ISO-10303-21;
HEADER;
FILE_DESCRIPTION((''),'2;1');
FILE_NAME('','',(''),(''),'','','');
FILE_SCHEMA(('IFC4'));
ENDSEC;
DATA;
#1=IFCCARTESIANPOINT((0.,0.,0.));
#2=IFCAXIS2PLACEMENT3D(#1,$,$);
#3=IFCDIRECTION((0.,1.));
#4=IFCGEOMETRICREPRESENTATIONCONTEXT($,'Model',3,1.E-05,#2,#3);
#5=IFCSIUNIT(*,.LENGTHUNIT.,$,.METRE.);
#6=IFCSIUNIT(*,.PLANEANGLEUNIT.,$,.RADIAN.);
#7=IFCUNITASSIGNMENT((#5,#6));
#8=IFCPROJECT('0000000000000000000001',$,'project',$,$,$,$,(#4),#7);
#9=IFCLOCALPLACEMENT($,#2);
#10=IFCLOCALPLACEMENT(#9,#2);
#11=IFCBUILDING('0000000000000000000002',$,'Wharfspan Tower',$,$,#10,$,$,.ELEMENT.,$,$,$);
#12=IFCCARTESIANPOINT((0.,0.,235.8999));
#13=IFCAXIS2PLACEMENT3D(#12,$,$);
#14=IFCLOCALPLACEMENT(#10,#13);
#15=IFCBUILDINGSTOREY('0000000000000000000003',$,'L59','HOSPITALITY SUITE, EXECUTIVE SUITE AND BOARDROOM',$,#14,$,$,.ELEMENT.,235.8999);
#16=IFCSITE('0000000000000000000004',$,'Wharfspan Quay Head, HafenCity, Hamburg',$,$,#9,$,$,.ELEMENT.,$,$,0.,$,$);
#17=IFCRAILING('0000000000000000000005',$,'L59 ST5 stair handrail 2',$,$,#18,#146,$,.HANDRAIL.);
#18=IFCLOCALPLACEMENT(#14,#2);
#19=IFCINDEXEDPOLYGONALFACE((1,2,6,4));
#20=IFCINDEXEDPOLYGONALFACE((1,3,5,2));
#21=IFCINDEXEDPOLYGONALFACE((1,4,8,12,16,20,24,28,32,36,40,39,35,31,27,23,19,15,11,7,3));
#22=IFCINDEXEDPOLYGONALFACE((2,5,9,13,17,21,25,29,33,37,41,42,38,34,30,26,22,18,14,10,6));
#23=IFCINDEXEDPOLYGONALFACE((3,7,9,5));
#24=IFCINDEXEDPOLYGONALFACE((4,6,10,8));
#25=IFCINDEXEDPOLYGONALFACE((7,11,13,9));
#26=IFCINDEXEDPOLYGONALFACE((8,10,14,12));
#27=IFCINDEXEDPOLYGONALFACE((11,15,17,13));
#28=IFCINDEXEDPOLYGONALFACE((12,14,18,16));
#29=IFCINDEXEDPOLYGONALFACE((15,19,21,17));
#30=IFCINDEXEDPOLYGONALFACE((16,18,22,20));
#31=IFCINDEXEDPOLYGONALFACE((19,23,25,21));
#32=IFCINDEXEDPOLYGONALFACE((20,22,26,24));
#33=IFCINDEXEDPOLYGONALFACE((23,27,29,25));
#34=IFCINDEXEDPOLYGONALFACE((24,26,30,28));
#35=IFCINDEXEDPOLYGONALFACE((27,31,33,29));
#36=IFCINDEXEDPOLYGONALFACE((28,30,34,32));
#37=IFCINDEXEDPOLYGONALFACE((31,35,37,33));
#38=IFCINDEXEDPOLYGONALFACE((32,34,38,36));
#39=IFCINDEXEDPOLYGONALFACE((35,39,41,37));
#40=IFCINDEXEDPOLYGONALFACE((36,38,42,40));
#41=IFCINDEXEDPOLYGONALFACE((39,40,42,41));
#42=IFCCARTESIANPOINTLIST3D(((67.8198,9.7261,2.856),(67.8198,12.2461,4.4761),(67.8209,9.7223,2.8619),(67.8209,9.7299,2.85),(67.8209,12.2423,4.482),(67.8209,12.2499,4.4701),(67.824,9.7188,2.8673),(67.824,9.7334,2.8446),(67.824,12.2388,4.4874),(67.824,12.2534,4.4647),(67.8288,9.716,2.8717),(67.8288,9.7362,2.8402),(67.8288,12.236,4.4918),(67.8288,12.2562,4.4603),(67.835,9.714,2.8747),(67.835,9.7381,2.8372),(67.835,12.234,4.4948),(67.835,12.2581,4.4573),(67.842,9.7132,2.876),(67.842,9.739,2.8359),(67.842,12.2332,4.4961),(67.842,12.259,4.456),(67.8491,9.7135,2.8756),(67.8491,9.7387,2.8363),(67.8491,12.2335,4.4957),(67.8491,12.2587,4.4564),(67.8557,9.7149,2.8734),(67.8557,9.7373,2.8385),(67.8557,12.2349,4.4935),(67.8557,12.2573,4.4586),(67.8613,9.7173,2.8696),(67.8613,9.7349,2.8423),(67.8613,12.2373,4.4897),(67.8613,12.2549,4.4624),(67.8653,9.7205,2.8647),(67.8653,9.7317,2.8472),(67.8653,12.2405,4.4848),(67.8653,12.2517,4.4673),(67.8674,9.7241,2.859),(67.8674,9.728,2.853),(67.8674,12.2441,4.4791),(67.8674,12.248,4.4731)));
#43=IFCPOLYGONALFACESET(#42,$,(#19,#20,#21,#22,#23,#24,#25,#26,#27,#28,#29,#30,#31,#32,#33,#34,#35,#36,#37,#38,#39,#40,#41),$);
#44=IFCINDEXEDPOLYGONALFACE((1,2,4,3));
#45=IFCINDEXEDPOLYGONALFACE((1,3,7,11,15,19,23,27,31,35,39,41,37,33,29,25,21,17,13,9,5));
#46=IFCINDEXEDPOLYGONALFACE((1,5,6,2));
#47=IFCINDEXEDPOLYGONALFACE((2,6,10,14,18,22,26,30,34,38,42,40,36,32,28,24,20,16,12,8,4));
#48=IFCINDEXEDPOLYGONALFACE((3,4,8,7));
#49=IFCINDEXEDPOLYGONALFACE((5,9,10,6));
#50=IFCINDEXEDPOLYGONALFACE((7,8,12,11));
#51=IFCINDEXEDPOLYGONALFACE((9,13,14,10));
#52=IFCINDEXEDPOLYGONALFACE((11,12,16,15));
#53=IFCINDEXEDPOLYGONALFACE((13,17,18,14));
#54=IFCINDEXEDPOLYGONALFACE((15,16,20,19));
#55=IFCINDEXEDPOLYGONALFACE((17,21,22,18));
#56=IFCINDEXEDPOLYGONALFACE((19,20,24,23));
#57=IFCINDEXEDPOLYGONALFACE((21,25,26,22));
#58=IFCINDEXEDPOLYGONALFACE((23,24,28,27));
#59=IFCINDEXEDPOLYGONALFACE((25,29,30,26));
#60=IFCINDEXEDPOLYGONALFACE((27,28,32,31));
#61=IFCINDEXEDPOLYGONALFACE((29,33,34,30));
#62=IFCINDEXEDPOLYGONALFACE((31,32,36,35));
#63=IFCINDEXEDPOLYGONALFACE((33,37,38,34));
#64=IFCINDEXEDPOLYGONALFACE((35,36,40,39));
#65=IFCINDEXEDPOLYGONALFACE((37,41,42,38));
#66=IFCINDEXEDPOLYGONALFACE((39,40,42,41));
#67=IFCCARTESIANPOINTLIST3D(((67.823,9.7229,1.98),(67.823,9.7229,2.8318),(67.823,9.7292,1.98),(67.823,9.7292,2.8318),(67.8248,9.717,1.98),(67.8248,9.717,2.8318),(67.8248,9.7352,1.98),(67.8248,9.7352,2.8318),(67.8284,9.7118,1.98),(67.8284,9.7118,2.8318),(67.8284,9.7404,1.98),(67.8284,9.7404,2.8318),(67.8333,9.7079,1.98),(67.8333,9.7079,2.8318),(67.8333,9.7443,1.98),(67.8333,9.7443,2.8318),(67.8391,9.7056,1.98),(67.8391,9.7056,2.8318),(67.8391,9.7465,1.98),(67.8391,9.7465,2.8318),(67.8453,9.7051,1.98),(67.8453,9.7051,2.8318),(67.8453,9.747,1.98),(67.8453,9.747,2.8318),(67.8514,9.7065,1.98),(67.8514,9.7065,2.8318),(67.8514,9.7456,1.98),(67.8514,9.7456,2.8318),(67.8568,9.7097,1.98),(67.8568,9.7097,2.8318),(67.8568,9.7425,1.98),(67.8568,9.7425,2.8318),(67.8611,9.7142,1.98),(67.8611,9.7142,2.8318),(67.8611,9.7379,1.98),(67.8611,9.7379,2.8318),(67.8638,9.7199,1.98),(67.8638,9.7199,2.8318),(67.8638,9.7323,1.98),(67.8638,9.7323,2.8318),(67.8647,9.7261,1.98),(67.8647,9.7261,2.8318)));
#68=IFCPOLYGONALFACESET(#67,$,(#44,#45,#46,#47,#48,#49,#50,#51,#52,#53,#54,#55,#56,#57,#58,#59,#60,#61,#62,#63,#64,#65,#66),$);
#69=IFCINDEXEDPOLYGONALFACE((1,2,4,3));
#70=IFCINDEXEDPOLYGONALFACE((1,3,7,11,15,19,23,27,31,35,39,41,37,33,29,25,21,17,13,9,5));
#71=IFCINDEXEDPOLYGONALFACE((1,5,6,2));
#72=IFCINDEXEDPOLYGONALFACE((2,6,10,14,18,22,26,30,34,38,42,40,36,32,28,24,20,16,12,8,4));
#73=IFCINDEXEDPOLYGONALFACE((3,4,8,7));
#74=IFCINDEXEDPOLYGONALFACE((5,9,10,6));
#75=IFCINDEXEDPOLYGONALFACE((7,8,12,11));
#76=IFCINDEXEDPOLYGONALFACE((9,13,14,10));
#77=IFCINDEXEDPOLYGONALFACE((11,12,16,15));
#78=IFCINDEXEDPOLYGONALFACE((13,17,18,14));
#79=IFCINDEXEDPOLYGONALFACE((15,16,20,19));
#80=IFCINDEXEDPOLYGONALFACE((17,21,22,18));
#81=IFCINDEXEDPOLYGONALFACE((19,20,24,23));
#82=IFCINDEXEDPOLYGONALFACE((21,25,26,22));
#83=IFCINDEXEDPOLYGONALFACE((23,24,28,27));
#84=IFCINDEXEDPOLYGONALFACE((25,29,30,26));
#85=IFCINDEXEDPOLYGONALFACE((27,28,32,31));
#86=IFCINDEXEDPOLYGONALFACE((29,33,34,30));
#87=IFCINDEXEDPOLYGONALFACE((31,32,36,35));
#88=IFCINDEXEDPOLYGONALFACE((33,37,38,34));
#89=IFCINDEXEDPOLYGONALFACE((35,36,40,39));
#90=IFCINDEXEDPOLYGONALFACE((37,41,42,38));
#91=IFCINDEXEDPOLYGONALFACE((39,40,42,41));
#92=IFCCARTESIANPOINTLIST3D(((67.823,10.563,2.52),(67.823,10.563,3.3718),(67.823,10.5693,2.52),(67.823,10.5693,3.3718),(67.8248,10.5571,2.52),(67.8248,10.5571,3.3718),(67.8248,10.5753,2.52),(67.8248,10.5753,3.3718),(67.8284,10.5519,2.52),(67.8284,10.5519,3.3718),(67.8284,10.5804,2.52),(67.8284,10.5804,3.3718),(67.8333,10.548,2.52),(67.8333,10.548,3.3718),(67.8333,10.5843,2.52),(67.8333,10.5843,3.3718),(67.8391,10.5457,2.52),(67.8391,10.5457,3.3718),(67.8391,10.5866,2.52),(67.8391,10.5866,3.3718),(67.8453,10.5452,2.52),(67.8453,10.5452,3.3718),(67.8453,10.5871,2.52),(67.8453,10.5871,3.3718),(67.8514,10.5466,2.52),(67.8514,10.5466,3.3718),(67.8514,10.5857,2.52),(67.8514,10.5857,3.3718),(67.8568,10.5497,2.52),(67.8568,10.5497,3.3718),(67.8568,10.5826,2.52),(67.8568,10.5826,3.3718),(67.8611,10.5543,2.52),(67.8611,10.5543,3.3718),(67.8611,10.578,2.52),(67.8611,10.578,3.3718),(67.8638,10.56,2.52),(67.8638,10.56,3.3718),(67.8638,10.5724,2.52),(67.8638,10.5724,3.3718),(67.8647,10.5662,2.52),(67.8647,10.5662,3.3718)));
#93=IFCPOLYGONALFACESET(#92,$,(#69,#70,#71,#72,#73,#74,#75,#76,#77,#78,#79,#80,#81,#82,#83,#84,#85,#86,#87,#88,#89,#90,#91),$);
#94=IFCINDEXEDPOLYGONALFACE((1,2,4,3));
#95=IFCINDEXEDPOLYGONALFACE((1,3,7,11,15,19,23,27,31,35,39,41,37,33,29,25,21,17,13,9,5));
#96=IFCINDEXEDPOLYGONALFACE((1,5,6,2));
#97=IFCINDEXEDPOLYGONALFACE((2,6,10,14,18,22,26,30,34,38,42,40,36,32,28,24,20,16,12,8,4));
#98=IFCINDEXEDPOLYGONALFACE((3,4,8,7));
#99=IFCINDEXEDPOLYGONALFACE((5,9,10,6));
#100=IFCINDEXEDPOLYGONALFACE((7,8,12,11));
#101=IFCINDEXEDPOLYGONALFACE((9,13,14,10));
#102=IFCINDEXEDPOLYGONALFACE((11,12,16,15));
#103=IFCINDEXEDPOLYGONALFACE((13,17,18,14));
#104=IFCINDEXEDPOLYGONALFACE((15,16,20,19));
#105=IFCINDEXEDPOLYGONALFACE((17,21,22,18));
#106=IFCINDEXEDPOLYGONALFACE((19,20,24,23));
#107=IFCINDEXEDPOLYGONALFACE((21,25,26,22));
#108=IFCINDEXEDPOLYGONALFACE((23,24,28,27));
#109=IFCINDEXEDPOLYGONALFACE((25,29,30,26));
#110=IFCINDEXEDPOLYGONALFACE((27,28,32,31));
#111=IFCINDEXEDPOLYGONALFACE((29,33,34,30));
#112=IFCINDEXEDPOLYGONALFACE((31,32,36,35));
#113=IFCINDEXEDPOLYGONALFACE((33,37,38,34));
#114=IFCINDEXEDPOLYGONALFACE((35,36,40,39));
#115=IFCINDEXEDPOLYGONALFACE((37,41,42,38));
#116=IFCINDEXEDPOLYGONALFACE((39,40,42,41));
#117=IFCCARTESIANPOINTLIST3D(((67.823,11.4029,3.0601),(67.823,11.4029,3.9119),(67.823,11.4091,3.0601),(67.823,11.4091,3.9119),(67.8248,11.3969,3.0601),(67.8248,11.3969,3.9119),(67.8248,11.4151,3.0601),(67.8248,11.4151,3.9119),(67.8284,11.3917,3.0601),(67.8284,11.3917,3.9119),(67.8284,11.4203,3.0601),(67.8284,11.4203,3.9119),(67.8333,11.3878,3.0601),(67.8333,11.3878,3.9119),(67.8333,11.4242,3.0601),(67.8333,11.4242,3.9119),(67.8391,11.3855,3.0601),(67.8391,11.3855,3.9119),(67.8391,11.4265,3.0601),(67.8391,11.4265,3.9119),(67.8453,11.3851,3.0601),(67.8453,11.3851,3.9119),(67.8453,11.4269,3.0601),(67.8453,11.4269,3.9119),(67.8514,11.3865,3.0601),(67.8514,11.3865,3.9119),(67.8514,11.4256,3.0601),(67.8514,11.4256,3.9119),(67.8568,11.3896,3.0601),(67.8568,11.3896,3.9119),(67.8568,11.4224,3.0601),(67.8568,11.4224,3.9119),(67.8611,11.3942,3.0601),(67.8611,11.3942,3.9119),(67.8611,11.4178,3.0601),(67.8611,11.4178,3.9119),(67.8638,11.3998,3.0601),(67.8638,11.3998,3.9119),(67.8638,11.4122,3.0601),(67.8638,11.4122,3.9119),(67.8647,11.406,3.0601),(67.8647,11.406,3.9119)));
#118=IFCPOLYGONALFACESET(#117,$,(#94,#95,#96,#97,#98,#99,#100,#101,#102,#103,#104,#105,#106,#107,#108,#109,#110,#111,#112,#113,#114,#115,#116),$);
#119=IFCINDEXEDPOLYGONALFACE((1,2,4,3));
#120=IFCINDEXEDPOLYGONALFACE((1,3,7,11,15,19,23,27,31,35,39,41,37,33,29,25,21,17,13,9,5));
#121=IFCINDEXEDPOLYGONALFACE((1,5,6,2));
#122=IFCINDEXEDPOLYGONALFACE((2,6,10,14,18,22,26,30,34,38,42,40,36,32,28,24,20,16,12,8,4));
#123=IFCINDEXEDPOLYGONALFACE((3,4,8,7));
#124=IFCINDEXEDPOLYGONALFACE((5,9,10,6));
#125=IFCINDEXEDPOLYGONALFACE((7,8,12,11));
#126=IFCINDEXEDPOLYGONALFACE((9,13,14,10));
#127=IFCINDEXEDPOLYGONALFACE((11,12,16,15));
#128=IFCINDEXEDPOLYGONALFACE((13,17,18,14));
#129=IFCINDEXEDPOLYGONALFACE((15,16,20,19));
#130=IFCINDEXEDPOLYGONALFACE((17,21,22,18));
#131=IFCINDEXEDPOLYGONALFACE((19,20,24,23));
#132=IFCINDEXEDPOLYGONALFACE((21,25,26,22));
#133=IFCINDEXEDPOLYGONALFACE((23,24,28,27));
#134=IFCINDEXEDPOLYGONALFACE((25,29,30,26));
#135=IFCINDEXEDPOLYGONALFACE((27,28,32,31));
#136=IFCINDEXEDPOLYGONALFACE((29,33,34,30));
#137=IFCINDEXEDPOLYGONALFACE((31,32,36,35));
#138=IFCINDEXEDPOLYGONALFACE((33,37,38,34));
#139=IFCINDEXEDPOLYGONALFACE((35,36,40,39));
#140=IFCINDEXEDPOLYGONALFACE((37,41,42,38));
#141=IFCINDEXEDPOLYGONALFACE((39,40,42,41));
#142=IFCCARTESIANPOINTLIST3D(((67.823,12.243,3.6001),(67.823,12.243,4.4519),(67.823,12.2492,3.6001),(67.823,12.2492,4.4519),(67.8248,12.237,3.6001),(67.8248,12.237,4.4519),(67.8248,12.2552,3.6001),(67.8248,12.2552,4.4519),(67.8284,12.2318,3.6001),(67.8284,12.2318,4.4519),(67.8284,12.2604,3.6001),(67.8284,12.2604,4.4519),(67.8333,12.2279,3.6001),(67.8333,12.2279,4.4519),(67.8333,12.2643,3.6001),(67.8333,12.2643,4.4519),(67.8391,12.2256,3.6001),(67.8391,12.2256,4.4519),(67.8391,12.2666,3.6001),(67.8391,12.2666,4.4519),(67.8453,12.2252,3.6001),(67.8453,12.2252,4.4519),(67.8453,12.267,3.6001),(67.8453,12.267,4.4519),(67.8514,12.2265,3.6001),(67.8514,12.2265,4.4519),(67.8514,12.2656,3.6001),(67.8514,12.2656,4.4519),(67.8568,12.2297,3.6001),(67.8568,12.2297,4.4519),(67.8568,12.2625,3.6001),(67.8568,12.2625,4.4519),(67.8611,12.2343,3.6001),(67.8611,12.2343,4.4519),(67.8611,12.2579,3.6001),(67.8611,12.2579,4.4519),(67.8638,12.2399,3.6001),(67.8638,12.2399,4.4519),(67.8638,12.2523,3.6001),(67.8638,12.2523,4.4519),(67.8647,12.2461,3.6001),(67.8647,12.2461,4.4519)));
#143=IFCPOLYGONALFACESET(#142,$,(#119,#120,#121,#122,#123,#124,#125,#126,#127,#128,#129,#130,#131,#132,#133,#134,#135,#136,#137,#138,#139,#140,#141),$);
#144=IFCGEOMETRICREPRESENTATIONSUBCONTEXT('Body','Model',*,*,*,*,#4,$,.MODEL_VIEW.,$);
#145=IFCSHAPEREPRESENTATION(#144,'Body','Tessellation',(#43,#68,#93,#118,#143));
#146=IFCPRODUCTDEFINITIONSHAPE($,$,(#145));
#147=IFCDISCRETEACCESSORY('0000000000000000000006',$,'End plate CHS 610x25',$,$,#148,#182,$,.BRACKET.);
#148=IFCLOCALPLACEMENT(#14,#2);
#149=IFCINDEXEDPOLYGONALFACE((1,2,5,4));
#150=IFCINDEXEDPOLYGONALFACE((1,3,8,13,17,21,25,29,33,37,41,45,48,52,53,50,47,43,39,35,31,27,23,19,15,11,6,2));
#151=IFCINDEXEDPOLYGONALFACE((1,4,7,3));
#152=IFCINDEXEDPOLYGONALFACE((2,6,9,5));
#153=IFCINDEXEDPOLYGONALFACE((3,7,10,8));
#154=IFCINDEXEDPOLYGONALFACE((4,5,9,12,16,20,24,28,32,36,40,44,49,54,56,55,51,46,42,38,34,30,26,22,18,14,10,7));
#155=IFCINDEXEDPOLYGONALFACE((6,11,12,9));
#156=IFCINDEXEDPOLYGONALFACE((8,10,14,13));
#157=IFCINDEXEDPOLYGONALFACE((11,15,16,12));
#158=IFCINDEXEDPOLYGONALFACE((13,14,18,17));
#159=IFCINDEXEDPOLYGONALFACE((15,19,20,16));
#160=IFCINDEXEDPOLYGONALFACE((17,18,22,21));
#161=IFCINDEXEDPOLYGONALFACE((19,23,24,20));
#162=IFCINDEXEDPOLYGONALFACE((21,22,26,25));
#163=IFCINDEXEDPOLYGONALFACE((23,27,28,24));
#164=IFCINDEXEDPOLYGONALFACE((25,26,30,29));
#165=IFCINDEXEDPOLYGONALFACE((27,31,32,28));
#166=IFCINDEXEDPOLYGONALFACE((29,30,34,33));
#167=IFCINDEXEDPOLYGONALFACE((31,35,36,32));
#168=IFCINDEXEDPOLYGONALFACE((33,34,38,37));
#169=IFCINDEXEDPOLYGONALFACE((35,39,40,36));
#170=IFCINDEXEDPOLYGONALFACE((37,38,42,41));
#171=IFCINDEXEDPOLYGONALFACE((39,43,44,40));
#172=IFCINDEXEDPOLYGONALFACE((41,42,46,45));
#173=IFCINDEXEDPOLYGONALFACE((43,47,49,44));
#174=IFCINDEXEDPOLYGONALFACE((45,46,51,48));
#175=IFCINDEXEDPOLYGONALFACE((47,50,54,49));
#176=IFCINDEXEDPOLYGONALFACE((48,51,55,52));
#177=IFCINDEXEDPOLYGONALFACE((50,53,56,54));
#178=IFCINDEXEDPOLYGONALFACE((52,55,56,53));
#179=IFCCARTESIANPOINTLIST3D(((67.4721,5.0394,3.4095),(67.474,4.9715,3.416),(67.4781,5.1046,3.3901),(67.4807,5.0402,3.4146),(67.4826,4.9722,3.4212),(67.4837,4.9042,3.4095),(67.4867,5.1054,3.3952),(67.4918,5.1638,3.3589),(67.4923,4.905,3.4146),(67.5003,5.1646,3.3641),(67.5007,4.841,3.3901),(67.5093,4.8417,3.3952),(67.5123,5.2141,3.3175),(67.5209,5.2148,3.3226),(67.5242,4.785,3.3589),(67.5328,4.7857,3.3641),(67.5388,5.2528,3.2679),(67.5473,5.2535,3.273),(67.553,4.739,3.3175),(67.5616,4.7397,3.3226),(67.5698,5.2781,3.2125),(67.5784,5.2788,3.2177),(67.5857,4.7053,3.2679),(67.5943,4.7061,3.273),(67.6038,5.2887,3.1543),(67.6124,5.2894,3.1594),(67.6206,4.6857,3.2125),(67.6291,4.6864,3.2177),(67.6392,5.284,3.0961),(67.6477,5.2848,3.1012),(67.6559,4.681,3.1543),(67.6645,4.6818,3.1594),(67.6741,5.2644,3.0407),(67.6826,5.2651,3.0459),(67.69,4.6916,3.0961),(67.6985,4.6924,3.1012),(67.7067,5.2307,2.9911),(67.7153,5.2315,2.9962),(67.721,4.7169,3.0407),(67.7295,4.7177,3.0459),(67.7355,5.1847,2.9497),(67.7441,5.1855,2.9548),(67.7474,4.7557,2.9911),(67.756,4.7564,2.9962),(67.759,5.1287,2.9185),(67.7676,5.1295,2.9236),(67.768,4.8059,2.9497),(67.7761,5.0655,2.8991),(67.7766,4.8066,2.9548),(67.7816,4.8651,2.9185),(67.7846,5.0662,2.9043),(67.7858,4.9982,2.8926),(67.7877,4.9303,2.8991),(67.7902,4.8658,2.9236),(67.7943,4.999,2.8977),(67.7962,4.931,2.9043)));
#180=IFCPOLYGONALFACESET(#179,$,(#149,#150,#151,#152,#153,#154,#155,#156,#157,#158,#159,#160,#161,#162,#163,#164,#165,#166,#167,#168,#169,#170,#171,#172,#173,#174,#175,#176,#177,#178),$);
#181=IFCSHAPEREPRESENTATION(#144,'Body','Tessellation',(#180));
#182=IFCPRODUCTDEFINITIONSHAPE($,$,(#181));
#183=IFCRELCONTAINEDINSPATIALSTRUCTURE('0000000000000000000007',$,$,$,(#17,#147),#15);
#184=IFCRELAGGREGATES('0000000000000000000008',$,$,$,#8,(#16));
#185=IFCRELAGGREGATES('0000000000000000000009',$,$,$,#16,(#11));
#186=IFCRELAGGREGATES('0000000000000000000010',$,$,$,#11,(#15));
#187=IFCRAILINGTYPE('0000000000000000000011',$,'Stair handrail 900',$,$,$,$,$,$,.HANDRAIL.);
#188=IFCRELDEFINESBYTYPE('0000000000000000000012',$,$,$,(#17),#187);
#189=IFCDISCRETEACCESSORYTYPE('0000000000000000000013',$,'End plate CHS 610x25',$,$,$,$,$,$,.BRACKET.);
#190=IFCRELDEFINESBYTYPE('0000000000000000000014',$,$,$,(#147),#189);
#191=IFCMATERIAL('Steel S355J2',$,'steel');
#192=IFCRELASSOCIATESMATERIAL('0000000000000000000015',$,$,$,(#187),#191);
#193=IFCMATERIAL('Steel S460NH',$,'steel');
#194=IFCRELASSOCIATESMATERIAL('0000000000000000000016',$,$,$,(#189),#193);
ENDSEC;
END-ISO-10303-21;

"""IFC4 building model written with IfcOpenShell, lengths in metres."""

from ifc_helpers import new_model, si_unit, direction, frame, origin, origin_2d, place, context, subcontext, project, spatial, circle, extrude, material, material_profile, profile_set, type_object, element, save


model = new_model("IFC4")

# Units and contexts
model_context = context("Model", 3, precision=1e-05, world=origin(), true_north=direction((0.0, 1.0)))
body_context = subcontext(model_context, "Body", "Model", "MODEL_VIEW")
ifc_project = project(units=[si_unit("LENGTHUNIT", "METRE"), si_unit("PLANEANGLEUNIT", "RADIAN")], contexts=[model_context])

# Site, building, storey
site_placement = place(None, origin())
site = spatial("IfcSite", under=ifc_project, at=site_placement, Name="Wharfspan Quay Head, HafenCity, Hamburg", CompositionType="ELEMENT", RefElevation=0.0)
building_placement = place(site_placement, origin())
building = spatial("IfcBuilding", under=site, at=building_placement, Name="Wharfspan Tower", CompositionType="ELEMENT")
storey_placement = place(building_placement, frame((0.0, 0.0, 235.8999)))
storey = spatial("IfcBuildingStorey", under=building, at=storey_placement, Name="L59", Description="HOSPITALITY SUITE, EXECUTIVE SUITE AND BOARDROOM", CompositionType="ELEMENT", Elevation=235.8999)

# Shared definitions
ifc_material_1 = material(Name="Steel S355J2", Category="steel")

# Shared definitions
ifc_material_2 = material(Name="Steel S460NH", Category="steel")

# Railing
railing_type_1 = type_object("IfcRailingType", Name="Stair handrail 900", PredefinedType="HANDRAIL", material=ifc_material_1)
railing_1_placement = place(storey_placement, frame((67.8438, 9.7261, 1.98)))
element("IfcRailing", 1, at=railing_1_placement, inside=storey, type_object=railing_type_1, Name="L59 ST5 stair handrail 2", PredefinedType="HANDRAIL", context=body_context, shape_type="SweptSolid", body=[
    extrude(circle(Radius=0.0239, at=origin_2d()), frame((0.0, 0.0, 0.876), z_axis=(0.0, 0.841163, 0.540782), x_axis=(-1.0, 0.0, 0.0)), (0.0, 0.0, 1.0), 2.9958),
    extrude(circle(Radius=0.021, at=origin_2d()), origin(), (0.0, 0.0, 1.0), 0.8518),
    extrude(circle(Radius=0.021, at=origin_2d()), frame((0.0, 0.8401, 0.54)), (0.0, 0.0, 1.0), 0.8518),
    extrude(circle(Radius=0.021, at=origin_2d()), frame((0.0, 1.6799, 1.0801)), (0.0, 0.0, 1.0), 0.8518),
    extrude(circle(Radius=0.021, at=origin_2d()), frame((0.0, 2.52, 1.6201)), (0.0, 0.0, 1.0), 0.8518),
])

# Discrete accessory
ifc_material_profile_1 = material_profile(ifc_material_2, circle(Radius=0.3049, at=origin_2d()))
ifc_profile_set_1 = profile_set([ifc_material_profile_1], Name="Steel S460NH")
discrete_accessory_type = type_object("IfcDiscreteAccessoryType", Name="End plate CHS 610x25", PredefinedType="BRACKET", material=ifc_profile_set_1)
for number, where, z_axis, x_axis, name in (
    (2, (67.6299, 4.9849, 3.1543), (0.855186, 0.073302, 0.513112), (-0.085402, 0.996345, 0.000001), "End plate CHS 610x25"),
):
    element("IfcDiscreteAccessory", number, at=place(storey_placement, frame(where, z_axis=z_axis, x_axis=x_axis)), inside=storey, type_object=discrete_accessory_type, Name=name, PredefinedType="BRACKET", context=body_context, shape_type="SweptSolid", body=[
        extrude(circle(Radius=0.3049, at=origin_2d()), origin(), (0.0, 0.0, 1.0), 0.01),
    ])

save(model, "model.ifc")
